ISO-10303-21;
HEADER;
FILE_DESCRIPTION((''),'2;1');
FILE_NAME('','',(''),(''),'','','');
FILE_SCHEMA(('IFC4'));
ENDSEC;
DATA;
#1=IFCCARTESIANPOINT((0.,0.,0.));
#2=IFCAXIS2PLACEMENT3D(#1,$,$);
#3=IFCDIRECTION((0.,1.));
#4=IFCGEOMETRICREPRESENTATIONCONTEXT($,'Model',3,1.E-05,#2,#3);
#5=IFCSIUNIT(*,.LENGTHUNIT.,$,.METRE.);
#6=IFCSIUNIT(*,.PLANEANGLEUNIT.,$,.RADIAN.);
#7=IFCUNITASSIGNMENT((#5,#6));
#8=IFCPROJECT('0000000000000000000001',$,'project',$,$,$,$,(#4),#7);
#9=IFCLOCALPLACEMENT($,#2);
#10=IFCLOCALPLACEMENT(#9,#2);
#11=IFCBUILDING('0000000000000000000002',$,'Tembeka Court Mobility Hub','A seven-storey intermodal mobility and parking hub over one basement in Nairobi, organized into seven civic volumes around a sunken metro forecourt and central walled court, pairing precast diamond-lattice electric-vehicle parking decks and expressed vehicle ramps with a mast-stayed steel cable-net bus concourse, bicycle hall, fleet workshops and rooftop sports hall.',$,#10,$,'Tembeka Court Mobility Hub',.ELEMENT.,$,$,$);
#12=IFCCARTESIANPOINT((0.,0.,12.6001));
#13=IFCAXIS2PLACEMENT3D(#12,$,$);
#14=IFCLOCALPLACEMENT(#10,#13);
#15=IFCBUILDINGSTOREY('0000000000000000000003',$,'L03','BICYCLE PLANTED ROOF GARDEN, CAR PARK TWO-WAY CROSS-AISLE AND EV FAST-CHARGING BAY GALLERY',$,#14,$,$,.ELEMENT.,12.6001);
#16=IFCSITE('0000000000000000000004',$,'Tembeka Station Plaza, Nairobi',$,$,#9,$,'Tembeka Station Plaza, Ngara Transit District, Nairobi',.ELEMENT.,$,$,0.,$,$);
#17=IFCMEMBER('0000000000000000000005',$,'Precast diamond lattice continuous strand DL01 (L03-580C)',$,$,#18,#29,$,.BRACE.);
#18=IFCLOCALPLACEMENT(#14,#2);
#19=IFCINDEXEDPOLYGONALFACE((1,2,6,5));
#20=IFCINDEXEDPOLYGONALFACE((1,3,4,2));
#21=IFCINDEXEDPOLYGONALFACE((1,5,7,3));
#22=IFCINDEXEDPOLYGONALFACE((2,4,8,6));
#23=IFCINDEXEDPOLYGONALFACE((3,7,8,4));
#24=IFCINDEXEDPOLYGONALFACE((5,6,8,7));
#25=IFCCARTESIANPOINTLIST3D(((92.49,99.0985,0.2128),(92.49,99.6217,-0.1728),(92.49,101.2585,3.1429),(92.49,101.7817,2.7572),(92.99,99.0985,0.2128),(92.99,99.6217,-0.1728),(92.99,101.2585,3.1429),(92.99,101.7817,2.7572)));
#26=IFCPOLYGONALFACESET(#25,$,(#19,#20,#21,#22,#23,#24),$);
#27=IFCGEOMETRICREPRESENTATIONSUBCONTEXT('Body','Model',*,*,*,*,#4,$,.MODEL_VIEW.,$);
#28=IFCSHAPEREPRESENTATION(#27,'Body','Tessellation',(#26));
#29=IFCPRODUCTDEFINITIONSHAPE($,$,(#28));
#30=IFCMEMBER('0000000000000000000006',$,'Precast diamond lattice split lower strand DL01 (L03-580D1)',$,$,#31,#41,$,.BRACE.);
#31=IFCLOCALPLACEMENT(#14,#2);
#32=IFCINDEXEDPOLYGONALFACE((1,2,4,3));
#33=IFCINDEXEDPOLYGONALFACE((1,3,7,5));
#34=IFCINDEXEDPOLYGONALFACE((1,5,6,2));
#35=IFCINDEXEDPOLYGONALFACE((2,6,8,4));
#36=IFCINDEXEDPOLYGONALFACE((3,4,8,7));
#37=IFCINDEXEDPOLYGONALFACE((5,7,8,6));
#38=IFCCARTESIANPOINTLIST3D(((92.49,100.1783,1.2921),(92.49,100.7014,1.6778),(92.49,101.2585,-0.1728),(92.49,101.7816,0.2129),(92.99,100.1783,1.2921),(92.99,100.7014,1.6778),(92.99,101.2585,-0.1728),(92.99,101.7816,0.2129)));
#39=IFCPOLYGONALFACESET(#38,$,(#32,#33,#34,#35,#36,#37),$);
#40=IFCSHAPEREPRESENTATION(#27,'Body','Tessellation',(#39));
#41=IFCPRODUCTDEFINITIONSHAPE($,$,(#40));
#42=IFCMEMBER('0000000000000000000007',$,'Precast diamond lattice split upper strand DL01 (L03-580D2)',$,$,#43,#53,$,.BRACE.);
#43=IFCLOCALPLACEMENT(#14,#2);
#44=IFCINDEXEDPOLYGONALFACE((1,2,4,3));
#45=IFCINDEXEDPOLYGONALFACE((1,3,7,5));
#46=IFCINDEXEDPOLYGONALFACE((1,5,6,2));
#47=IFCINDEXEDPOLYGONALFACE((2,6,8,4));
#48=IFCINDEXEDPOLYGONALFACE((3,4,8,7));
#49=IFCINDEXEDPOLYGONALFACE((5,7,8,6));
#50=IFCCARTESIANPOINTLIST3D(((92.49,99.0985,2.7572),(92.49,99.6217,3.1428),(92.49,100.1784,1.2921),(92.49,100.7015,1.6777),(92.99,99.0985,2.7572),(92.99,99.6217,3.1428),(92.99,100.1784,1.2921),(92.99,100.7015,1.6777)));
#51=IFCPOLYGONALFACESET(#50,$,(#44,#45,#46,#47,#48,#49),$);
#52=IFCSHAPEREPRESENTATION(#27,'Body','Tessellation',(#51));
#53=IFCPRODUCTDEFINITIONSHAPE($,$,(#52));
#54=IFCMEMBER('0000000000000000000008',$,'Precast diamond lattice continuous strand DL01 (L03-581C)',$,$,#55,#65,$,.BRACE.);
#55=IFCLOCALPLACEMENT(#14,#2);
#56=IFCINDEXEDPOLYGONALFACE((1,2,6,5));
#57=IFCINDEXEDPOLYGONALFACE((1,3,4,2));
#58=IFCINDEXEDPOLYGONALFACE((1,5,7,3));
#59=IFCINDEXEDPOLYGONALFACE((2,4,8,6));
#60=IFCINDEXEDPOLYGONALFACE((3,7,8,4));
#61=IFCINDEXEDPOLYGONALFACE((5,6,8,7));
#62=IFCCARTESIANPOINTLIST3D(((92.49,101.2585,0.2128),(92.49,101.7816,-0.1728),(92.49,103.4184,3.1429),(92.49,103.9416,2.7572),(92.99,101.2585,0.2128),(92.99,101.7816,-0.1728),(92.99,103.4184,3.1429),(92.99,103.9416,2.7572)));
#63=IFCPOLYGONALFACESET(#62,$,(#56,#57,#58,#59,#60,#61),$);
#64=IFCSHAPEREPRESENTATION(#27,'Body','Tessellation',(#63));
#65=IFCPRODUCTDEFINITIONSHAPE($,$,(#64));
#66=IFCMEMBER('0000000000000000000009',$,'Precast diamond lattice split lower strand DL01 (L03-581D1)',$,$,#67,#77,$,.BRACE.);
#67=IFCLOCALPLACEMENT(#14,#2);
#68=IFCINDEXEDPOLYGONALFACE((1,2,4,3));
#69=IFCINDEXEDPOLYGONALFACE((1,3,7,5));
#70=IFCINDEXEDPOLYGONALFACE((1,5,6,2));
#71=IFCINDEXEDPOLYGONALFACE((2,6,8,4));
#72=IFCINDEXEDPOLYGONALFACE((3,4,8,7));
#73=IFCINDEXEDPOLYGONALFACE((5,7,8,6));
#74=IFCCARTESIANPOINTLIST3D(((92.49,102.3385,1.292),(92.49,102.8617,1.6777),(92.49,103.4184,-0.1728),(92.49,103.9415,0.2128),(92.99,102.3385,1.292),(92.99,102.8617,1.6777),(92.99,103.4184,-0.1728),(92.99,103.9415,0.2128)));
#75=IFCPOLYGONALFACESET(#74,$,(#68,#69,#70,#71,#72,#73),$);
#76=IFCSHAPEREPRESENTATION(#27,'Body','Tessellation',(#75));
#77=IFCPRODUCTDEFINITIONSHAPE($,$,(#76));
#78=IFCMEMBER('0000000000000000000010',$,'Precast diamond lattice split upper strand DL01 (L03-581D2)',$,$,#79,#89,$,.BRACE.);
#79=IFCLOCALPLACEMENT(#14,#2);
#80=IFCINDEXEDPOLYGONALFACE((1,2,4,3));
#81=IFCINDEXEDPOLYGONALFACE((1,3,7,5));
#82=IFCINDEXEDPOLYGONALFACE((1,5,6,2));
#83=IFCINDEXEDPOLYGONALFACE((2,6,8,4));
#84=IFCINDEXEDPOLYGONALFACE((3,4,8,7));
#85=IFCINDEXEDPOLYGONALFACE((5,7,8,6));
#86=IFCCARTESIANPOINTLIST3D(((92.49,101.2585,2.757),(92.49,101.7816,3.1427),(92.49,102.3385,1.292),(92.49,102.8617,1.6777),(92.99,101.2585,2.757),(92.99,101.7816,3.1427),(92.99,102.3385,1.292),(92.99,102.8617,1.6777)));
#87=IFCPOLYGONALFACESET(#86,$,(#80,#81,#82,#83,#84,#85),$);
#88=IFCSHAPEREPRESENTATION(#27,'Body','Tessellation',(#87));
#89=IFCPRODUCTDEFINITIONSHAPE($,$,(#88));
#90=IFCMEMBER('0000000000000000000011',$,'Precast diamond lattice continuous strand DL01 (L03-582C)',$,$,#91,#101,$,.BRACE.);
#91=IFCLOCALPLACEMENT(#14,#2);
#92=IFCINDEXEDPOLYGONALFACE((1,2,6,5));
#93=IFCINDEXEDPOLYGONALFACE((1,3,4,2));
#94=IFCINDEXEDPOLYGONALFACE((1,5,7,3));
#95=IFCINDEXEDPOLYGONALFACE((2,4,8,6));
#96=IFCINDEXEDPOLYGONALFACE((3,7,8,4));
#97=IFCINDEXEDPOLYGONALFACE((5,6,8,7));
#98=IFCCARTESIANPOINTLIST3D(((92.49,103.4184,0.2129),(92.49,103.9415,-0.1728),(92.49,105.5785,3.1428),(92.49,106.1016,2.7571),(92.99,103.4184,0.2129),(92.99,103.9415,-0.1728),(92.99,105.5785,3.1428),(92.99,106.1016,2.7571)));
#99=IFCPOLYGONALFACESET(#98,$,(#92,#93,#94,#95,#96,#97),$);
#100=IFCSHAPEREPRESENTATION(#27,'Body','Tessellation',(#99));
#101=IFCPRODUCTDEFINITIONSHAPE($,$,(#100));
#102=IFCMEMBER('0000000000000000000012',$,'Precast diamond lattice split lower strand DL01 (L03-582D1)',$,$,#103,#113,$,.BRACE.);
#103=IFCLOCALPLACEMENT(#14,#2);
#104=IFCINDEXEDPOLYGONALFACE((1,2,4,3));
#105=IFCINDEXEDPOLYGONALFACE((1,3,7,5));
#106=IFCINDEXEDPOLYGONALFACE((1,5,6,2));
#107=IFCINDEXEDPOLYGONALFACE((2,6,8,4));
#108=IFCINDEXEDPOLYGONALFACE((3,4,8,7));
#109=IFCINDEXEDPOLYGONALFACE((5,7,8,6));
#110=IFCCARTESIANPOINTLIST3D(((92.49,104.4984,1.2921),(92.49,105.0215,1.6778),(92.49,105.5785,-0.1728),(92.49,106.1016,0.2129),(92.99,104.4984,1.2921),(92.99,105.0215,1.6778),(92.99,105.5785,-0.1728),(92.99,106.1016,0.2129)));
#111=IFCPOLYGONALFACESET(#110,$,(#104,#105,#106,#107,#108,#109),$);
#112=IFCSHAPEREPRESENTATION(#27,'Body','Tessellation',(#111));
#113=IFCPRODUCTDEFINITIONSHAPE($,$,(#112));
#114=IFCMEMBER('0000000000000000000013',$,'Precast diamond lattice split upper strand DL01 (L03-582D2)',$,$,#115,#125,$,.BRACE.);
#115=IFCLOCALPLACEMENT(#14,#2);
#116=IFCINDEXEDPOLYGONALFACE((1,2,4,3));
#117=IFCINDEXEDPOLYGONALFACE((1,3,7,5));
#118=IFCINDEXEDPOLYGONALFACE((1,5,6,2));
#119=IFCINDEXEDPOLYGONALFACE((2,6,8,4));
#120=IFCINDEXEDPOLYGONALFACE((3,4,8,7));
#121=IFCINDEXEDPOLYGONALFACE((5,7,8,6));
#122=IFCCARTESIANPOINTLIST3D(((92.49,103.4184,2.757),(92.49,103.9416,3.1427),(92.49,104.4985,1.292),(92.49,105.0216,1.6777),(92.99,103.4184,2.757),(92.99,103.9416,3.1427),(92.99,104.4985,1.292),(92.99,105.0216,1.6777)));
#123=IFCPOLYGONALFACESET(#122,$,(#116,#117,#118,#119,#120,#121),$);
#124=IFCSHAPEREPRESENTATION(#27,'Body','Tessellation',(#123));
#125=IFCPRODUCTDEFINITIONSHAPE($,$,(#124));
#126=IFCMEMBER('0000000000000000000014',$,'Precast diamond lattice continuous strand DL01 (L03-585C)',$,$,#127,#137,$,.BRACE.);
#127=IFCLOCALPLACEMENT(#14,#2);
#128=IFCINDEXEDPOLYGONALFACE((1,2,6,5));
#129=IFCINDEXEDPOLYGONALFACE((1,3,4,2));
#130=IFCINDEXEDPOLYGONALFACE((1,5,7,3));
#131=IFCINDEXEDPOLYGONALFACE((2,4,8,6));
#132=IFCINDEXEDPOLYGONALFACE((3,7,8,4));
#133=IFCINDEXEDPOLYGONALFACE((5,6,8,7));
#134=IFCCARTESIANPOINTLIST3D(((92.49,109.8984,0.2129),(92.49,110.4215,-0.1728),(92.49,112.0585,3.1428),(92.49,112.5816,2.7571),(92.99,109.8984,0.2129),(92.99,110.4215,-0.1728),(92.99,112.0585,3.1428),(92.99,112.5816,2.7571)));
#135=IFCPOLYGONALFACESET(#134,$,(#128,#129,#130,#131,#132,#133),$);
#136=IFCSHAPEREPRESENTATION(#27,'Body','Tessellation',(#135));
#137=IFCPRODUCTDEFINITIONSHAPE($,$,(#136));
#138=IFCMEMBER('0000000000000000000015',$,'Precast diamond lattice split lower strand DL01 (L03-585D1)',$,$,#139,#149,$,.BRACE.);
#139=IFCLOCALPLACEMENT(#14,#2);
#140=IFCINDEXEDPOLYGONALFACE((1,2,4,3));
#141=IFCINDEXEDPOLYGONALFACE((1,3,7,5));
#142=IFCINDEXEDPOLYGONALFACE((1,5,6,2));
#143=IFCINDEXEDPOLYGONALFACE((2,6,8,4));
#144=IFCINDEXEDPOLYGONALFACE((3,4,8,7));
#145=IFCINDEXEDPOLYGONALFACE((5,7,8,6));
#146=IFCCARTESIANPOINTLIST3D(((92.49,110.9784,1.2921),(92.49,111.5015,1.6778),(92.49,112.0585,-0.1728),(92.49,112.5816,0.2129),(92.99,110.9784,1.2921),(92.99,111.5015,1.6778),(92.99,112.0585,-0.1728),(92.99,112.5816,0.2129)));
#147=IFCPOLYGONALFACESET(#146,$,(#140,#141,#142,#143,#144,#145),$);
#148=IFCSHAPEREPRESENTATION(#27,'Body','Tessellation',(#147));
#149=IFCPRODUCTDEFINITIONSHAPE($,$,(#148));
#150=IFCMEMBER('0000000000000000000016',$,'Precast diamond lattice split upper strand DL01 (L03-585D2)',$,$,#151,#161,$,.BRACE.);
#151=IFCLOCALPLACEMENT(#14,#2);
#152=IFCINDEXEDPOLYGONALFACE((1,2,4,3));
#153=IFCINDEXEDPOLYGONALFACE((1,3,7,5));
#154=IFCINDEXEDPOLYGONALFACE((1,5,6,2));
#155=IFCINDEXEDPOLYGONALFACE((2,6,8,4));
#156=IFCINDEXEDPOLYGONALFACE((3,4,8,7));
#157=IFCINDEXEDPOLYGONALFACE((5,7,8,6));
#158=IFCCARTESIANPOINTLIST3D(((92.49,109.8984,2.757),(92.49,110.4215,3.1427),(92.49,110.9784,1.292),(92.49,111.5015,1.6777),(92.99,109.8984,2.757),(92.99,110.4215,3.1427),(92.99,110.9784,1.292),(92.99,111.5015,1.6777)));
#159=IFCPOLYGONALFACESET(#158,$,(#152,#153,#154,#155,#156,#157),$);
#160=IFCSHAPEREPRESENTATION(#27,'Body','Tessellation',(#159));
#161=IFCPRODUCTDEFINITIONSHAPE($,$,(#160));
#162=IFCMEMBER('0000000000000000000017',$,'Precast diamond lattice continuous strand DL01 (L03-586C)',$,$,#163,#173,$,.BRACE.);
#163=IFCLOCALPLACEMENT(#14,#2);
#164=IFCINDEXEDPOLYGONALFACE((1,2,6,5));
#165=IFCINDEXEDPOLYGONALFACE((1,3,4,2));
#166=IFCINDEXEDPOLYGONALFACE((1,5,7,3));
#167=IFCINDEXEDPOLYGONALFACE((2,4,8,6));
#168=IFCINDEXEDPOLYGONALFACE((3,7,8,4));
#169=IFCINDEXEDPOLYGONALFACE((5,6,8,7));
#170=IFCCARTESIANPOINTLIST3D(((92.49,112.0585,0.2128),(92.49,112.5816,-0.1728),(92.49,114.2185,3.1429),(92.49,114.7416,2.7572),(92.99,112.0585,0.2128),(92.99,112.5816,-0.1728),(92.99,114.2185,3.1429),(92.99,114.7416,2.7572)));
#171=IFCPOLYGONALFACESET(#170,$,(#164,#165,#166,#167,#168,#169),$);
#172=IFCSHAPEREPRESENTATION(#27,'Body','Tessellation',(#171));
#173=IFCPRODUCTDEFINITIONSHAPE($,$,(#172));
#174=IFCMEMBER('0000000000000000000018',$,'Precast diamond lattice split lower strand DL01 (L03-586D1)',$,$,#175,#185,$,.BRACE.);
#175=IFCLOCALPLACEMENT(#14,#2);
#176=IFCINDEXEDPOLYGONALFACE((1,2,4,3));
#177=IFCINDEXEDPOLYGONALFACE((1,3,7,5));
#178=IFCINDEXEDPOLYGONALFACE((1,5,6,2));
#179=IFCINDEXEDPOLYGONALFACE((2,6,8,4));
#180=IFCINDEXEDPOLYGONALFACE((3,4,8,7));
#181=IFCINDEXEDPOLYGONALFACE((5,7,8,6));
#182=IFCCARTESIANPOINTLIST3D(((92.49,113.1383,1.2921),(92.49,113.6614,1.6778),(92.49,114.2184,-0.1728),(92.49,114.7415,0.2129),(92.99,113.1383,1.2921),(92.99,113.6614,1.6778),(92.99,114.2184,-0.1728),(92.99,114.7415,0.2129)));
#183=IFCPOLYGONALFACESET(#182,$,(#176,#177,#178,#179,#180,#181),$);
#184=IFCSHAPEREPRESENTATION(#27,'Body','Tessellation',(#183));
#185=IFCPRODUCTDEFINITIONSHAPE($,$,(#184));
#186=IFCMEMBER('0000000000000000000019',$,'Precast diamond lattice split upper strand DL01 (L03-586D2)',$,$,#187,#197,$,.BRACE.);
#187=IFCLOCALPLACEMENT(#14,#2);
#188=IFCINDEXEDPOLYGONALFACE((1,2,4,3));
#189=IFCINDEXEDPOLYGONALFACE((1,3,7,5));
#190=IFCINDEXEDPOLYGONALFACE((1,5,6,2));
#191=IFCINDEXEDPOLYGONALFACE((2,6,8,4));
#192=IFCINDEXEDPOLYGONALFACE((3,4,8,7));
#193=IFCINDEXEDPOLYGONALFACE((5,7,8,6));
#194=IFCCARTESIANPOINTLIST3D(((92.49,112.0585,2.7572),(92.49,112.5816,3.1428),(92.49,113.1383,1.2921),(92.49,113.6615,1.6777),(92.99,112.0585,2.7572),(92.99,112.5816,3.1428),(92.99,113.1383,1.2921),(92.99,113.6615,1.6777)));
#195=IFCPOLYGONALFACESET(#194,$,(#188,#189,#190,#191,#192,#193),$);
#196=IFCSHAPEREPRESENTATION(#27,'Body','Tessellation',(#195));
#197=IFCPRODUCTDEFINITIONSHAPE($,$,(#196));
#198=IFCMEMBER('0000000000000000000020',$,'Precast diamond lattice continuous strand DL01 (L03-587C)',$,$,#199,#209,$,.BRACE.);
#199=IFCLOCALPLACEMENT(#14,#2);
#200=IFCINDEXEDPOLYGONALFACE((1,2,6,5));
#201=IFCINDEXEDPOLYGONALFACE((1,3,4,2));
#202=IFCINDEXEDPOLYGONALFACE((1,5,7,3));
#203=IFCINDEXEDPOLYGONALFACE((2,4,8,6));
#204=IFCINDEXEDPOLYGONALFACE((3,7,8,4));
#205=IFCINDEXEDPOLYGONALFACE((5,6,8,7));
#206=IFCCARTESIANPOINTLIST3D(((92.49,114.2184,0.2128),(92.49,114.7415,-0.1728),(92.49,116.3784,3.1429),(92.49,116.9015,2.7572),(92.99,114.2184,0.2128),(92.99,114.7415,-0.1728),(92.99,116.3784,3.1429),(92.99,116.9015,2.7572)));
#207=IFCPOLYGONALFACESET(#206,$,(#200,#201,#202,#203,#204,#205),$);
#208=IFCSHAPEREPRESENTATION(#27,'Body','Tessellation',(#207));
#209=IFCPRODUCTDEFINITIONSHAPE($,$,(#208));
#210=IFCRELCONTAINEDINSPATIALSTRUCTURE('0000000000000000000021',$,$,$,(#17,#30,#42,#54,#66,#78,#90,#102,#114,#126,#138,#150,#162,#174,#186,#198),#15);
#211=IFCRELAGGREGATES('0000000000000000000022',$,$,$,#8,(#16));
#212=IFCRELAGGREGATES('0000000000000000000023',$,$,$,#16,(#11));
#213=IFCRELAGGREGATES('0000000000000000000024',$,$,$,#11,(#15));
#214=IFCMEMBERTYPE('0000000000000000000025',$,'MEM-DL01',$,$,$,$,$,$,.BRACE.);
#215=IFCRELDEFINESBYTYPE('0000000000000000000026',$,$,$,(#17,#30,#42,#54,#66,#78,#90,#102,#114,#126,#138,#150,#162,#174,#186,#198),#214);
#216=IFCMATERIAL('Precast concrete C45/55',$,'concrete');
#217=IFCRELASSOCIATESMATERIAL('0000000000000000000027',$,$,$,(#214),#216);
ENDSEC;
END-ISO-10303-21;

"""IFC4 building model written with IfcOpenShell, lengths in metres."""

from ifc_helpers import new_model, si_unit, direction, frame, origin, origin_2d, place, context, subcontext, project, spatial, rectangle, extrude, material, material_profile, profile_set, type_object, element, save


model = new_model("IFC4")

# Units and contexts
model_context = context("Model", 3, precision=1e-05, world=origin(), true_north=direction((0.0, 1.0)))
body_context = subcontext(model_context, "Body", "Model", "MODEL_VIEW")
ifc_project = project(units=[si_unit("LENGTHUNIT", "METRE"), si_unit("PLANEANGLEUNIT", "RADIAN")], contexts=[model_context])

# Site, building, storey
site_placement = place(None, origin())
site = spatial("IfcSite", under=ifc_project, at=site_placement, Name="Tembeka Station Plaza, Nairobi", LongName="Tembeka Station Plaza, Ngara Transit District, Nairobi", CompositionType="ELEMENT", RefElevation=0.0)
building_placement = place(site_placement, origin())
building = spatial("IfcBuilding", under=site, at=building_placement, Name="Tembeka Court Mobility Hub", Description="A seven-storey intermodal mobility and parking hub over one basement in Nairobi, organized into seven civic volumes around a sunken metro forecourt and central walled court, pairing precast diamond-lattice electric-vehicle parking decks and expressed vehicle ramps with a mast-stayed steel cable-net bus concourse, bicycle hall, fleet workshops and rooftop sports hall.", LongName="Tembeka Court Mobility Hub", CompositionType="ELEMENT")
storey_placement = place(building_placement, frame((0.0, 0.0, 12.6001)))
storey = spatial("IfcBuildingStorey", under=building, at=storey_placement, Name="L03", Description="BICYCLE PLANTED ROOF GARDEN, CAR PARK TWO-WAY CROSS-AISLE AND EV FAST-CHARGING BAY GALLERY", CompositionType="ELEMENT", Elevation=12.6001)

# Members
ifc_material_1 = material(Name="Precast concrete C45/55", Category="concrete")
ifc_material_profile_1 = material_profile(ifc_material_1, rectangle(XDim=0.5, YDim=0.6499, at=origin_2d()), Name="PC-DIAG 500x650")
ifc_profile_set_1 = profile_set([ifc_material_profile_1], Name="Precast concrete C45/55")
member_type_1 = type_object("IfcMemberType", Name="MEM-DL01", PredefinedType="BRACE", material=ifc_profile_set_1)
member_1_placement = place(storey_placement, frame((92.74, 99.3601, 0.02), z_axis=(0.0, 0.59338, 0.804923), x_axis=(-1.0, 0.0, 0.0)))
element("IfcMember", 1, at=member_1_placement, inside=storey, type_object=member_type_1, Name="Precast diamond lattice continuous strand DL01 (L03-580C)", PredefinedType="BRACE", context=body_context, shape_type="SweptSolid", body=[
    extrude(rectangle(XDim=0.5, YDim=0.6499, at=origin_2d()), origin(), (0.0, 0.0, 1.0), 3.6401),
])
for number, where, z_axis, x_axis, name in (
    (2, (92.74, 101.52, 0.02), (0.0, -0.593455, 0.804867), (1.0, 0.0, 0.0), "Precast diamond lattice split lower strand DL01 (L03-580D1)"),
    (3, (92.74, 100.4399, 1.4849), (0.0, -0.593304, 0.804978), (1.0, 0.0, 0.0), "Precast diamond lattice split upper strand DL01 (L03-580D2)"),
):
    element("IfcMember", number, at=place(storey_placement, frame(where, z_axis=z_axis, x_axis=x_axis)), inside=storey, type_object=member_type_1, Name=name, PredefinedType="BRACE", context=body_context, shape_type="SweptSolid", body=[
        extrude(rectangle(XDim=0.5, YDim=0.6499, at=origin_2d()), origin(), (0.0, 0.0, 1.0), 1.8201),
    ])
member_2_placement = place(storey_placement, frame((92.74, 101.52, 0.02), z_axis=(0.0, 0.59338, 0.804923), x_axis=(-1.0, 0.0, 0.0)))
element("IfcMember", 4, at=member_2_placement, inside=storey, type_object=member_type_1, Name="Precast diamond lattice continuous strand DL01 (L03-581C)", PredefinedType="BRACE", context=body_context, shape_type="SweptSolid", body=[
    extrude(rectangle(XDim=0.5, YDim=0.6499, at=origin_2d()), origin(), (0.0, 0.0, 1.0), 3.6401),
])
member_3_placement = place(storey_placement, frame((92.74, 103.6799, 0.02), z_axis=(0.0, -0.593368, 0.804931), x_axis=(1.0, 0.0, 0.0)))
element("IfcMember", 5, at=member_3_placement, inside=storey, type_object=member_type_1, Name="Precast diamond lattice split lower strand DL01 (L03-581D1)", PredefinedType="BRACE", context=body_context, shape_type="SweptSolid", body=[
    extrude(rectangle(XDim=0.5, YDim=0.6499, at=origin_2d()), origin(), (0.0, 0.0, 1.0), 1.8198),
])
member_4_placement = place(storey_placement, frame((92.74, 102.6001, 1.4849), z_axis=(0.0, -0.593391, 0.804914), x_axis=(1.0, 0.0, 0.0)))
element("IfcMember", 6, at=member_4_placement, inside=storey, type_object=member_type_1, Name="Precast diamond lattice split upper strand DL01 (L03-581D2)", PredefinedType="BRACE", context=body_context, shape_type="SweptSolid", body=[
    extrude(rectangle(XDim=0.5, YDim=0.6499, at=origin_2d()), origin(), (0.0, 0.0, 1.0), 1.8201),
])
member_5_placement = place(storey_placement, frame((92.74, 103.6799, 0.02), z_axis=(0.0, 0.593423, 0.804891), x_axis=(-1.0, 0.0, 0.0)))
element("IfcMember", 7, at=member_5_placement, inside=storey, type_object=member_type_1, Name="Precast diamond lattice continuous strand DL01 (L03-582C)", PredefinedType="BRACE", context=body_context, shape_type="SweptSolid", body=[
    extrude(rectangle(XDim=0.5, YDim=0.6499, at=origin_2d()), origin(), (0.0, 0.0, 1.0), 3.6401),
])
for number, where, z_axis, x_axis, name in (
    (8, (92.74, 105.8401, 0.02), (0.0, -0.593455, 0.804867), (1.0, 0.0, 0.0), "Precast diamond lattice split lower strand DL01 (L03-582D1)"),
    (9, (92.74, 104.76, 1.4849), (0.0, -0.593391, 0.804914), (1.0, 0.0, 0.0), "Precast diamond lattice split upper strand DL01 (L03-582D2)"),
):
    element("IfcMember", number, at=place(storey_placement, frame(where, z_axis=z_axis, x_axis=x_axis)), inside=storey, type_object=member_type_1, Name=name, PredefinedType="BRACE", context=body_context, shape_type="SweptSolid", body=[
        extrude(rectangle(XDim=0.5, YDim=0.6499, at=origin_2d()), origin(), (0.0, 0.0, 1.0), 1.8201),
    ])
member_6_placement = place(storey_placement, frame((92.74, 110.1599, 0.02), z_axis=(0.0, 0.593423, 0.804891), x_axis=(-1.0, 0.0, 0.0)))
element("IfcMember", 10, at=member_6_placement, inside=storey, type_object=member_type_1, Name="Precast diamond lattice continuous strand DL01 (L03-585C)", PredefinedType="BRACE", context=body_context, shape_type="SweptSolid", body=[
    extrude(rectangle(XDim=0.5, YDim=0.6499, at=origin_2d()), origin(), (0.0, 0.0, 1.0), 3.6401),
])
for number, where, z_axis, x_axis, name in (
    (11, (92.74, 112.3201, 0.02), (0.0, -0.593455, 0.804867), (1.0, 0.0, 0.0), "Precast diamond lattice split lower strand DL01 (L03-585D1)"),
    (12, (92.74, 111.24, 1.4849), (0.0, -0.593391, 0.804914), (1.0, 0.0, 0.0), "Precast diamond lattice split upper strand DL01 (L03-585D2)"),
):
    element("IfcMember", number, at=place(storey_placement, frame(where, z_axis=z_axis, x_axis=x_axis)), inside=storey, type_object=member_type_1, Name=name, PredefinedType="BRACE", context=body_context, shape_type="SweptSolid", body=[
        extrude(rectangle(XDim=0.5, YDim=0.6499, at=origin_2d()), origin(), (0.0, 0.0, 1.0), 1.8201),
    ])
member_7_placement = place(storey_placement, frame((92.74, 112.3201, 0.02), z_axis=(0.0, 0.59338, 0.804923), x_axis=(-1.0, 0.0, 0.0)))
element("IfcMember", 13, at=member_7_placement, inside=storey, type_object=member_type_1, Name="Precast diamond lattice continuous strand DL01 (L03-586C)", PredefinedType="BRACE", context=body_context, shape_type="SweptSolid", body=[
    extrude(rectangle(XDim=0.5, YDim=0.6499, at=origin_2d()), origin(), (0.0, 0.0, 1.0), 3.6401),
])
for number, where, z_axis, x_axis, name in (
    (14, (92.74, 114.48, 0.02), (0.0, -0.593455, 0.804867), (1.0, 0.0, 0.0), "Precast diamond lattice split lower strand DL01 (L03-586D1)"),
    (15, (92.74, 113.3999, 1.4849), (0.0, -0.593304, 0.804978), (1.0, 0.0, 0.0), "Precast diamond lattice split upper strand DL01 (L03-586D2)"),
):
    element("IfcMember", number, at=place(storey_placement, frame(where, z_axis=z_axis, x_axis=x_axis)), inside=storey, type_object=member_type_1, Name=name, PredefinedType="BRACE", context=body_context, shape_type="SweptSolid", body=[
        extrude(rectangle(XDim=0.5, YDim=0.6499, at=origin_2d()), origin(), (0.0, 0.0, 1.0), 1.8201),
    ])
member_8_placement = place(storey_placement, frame((92.74, 114.48, 0.02), z_axis=(0.0, 0.59338, 0.804923), x_axis=(-1.0, 0.0, 0.0)))
element("IfcMember", 16, at=member_8_placement, inside=storey, type_object=member_type_1, Name="Precast diamond lattice continuous strand DL01 (L03-587C)", PredefinedType="BRACE", context=body_context, shape_type="SweptSolid", body=[
    extrude(rectangle(XDim=0.5, YDim=0.6499, at=origin_2d()), origin(), (0.0, 0.0, 1.0), 3.6401),
])

save(model, "model.ifc")
